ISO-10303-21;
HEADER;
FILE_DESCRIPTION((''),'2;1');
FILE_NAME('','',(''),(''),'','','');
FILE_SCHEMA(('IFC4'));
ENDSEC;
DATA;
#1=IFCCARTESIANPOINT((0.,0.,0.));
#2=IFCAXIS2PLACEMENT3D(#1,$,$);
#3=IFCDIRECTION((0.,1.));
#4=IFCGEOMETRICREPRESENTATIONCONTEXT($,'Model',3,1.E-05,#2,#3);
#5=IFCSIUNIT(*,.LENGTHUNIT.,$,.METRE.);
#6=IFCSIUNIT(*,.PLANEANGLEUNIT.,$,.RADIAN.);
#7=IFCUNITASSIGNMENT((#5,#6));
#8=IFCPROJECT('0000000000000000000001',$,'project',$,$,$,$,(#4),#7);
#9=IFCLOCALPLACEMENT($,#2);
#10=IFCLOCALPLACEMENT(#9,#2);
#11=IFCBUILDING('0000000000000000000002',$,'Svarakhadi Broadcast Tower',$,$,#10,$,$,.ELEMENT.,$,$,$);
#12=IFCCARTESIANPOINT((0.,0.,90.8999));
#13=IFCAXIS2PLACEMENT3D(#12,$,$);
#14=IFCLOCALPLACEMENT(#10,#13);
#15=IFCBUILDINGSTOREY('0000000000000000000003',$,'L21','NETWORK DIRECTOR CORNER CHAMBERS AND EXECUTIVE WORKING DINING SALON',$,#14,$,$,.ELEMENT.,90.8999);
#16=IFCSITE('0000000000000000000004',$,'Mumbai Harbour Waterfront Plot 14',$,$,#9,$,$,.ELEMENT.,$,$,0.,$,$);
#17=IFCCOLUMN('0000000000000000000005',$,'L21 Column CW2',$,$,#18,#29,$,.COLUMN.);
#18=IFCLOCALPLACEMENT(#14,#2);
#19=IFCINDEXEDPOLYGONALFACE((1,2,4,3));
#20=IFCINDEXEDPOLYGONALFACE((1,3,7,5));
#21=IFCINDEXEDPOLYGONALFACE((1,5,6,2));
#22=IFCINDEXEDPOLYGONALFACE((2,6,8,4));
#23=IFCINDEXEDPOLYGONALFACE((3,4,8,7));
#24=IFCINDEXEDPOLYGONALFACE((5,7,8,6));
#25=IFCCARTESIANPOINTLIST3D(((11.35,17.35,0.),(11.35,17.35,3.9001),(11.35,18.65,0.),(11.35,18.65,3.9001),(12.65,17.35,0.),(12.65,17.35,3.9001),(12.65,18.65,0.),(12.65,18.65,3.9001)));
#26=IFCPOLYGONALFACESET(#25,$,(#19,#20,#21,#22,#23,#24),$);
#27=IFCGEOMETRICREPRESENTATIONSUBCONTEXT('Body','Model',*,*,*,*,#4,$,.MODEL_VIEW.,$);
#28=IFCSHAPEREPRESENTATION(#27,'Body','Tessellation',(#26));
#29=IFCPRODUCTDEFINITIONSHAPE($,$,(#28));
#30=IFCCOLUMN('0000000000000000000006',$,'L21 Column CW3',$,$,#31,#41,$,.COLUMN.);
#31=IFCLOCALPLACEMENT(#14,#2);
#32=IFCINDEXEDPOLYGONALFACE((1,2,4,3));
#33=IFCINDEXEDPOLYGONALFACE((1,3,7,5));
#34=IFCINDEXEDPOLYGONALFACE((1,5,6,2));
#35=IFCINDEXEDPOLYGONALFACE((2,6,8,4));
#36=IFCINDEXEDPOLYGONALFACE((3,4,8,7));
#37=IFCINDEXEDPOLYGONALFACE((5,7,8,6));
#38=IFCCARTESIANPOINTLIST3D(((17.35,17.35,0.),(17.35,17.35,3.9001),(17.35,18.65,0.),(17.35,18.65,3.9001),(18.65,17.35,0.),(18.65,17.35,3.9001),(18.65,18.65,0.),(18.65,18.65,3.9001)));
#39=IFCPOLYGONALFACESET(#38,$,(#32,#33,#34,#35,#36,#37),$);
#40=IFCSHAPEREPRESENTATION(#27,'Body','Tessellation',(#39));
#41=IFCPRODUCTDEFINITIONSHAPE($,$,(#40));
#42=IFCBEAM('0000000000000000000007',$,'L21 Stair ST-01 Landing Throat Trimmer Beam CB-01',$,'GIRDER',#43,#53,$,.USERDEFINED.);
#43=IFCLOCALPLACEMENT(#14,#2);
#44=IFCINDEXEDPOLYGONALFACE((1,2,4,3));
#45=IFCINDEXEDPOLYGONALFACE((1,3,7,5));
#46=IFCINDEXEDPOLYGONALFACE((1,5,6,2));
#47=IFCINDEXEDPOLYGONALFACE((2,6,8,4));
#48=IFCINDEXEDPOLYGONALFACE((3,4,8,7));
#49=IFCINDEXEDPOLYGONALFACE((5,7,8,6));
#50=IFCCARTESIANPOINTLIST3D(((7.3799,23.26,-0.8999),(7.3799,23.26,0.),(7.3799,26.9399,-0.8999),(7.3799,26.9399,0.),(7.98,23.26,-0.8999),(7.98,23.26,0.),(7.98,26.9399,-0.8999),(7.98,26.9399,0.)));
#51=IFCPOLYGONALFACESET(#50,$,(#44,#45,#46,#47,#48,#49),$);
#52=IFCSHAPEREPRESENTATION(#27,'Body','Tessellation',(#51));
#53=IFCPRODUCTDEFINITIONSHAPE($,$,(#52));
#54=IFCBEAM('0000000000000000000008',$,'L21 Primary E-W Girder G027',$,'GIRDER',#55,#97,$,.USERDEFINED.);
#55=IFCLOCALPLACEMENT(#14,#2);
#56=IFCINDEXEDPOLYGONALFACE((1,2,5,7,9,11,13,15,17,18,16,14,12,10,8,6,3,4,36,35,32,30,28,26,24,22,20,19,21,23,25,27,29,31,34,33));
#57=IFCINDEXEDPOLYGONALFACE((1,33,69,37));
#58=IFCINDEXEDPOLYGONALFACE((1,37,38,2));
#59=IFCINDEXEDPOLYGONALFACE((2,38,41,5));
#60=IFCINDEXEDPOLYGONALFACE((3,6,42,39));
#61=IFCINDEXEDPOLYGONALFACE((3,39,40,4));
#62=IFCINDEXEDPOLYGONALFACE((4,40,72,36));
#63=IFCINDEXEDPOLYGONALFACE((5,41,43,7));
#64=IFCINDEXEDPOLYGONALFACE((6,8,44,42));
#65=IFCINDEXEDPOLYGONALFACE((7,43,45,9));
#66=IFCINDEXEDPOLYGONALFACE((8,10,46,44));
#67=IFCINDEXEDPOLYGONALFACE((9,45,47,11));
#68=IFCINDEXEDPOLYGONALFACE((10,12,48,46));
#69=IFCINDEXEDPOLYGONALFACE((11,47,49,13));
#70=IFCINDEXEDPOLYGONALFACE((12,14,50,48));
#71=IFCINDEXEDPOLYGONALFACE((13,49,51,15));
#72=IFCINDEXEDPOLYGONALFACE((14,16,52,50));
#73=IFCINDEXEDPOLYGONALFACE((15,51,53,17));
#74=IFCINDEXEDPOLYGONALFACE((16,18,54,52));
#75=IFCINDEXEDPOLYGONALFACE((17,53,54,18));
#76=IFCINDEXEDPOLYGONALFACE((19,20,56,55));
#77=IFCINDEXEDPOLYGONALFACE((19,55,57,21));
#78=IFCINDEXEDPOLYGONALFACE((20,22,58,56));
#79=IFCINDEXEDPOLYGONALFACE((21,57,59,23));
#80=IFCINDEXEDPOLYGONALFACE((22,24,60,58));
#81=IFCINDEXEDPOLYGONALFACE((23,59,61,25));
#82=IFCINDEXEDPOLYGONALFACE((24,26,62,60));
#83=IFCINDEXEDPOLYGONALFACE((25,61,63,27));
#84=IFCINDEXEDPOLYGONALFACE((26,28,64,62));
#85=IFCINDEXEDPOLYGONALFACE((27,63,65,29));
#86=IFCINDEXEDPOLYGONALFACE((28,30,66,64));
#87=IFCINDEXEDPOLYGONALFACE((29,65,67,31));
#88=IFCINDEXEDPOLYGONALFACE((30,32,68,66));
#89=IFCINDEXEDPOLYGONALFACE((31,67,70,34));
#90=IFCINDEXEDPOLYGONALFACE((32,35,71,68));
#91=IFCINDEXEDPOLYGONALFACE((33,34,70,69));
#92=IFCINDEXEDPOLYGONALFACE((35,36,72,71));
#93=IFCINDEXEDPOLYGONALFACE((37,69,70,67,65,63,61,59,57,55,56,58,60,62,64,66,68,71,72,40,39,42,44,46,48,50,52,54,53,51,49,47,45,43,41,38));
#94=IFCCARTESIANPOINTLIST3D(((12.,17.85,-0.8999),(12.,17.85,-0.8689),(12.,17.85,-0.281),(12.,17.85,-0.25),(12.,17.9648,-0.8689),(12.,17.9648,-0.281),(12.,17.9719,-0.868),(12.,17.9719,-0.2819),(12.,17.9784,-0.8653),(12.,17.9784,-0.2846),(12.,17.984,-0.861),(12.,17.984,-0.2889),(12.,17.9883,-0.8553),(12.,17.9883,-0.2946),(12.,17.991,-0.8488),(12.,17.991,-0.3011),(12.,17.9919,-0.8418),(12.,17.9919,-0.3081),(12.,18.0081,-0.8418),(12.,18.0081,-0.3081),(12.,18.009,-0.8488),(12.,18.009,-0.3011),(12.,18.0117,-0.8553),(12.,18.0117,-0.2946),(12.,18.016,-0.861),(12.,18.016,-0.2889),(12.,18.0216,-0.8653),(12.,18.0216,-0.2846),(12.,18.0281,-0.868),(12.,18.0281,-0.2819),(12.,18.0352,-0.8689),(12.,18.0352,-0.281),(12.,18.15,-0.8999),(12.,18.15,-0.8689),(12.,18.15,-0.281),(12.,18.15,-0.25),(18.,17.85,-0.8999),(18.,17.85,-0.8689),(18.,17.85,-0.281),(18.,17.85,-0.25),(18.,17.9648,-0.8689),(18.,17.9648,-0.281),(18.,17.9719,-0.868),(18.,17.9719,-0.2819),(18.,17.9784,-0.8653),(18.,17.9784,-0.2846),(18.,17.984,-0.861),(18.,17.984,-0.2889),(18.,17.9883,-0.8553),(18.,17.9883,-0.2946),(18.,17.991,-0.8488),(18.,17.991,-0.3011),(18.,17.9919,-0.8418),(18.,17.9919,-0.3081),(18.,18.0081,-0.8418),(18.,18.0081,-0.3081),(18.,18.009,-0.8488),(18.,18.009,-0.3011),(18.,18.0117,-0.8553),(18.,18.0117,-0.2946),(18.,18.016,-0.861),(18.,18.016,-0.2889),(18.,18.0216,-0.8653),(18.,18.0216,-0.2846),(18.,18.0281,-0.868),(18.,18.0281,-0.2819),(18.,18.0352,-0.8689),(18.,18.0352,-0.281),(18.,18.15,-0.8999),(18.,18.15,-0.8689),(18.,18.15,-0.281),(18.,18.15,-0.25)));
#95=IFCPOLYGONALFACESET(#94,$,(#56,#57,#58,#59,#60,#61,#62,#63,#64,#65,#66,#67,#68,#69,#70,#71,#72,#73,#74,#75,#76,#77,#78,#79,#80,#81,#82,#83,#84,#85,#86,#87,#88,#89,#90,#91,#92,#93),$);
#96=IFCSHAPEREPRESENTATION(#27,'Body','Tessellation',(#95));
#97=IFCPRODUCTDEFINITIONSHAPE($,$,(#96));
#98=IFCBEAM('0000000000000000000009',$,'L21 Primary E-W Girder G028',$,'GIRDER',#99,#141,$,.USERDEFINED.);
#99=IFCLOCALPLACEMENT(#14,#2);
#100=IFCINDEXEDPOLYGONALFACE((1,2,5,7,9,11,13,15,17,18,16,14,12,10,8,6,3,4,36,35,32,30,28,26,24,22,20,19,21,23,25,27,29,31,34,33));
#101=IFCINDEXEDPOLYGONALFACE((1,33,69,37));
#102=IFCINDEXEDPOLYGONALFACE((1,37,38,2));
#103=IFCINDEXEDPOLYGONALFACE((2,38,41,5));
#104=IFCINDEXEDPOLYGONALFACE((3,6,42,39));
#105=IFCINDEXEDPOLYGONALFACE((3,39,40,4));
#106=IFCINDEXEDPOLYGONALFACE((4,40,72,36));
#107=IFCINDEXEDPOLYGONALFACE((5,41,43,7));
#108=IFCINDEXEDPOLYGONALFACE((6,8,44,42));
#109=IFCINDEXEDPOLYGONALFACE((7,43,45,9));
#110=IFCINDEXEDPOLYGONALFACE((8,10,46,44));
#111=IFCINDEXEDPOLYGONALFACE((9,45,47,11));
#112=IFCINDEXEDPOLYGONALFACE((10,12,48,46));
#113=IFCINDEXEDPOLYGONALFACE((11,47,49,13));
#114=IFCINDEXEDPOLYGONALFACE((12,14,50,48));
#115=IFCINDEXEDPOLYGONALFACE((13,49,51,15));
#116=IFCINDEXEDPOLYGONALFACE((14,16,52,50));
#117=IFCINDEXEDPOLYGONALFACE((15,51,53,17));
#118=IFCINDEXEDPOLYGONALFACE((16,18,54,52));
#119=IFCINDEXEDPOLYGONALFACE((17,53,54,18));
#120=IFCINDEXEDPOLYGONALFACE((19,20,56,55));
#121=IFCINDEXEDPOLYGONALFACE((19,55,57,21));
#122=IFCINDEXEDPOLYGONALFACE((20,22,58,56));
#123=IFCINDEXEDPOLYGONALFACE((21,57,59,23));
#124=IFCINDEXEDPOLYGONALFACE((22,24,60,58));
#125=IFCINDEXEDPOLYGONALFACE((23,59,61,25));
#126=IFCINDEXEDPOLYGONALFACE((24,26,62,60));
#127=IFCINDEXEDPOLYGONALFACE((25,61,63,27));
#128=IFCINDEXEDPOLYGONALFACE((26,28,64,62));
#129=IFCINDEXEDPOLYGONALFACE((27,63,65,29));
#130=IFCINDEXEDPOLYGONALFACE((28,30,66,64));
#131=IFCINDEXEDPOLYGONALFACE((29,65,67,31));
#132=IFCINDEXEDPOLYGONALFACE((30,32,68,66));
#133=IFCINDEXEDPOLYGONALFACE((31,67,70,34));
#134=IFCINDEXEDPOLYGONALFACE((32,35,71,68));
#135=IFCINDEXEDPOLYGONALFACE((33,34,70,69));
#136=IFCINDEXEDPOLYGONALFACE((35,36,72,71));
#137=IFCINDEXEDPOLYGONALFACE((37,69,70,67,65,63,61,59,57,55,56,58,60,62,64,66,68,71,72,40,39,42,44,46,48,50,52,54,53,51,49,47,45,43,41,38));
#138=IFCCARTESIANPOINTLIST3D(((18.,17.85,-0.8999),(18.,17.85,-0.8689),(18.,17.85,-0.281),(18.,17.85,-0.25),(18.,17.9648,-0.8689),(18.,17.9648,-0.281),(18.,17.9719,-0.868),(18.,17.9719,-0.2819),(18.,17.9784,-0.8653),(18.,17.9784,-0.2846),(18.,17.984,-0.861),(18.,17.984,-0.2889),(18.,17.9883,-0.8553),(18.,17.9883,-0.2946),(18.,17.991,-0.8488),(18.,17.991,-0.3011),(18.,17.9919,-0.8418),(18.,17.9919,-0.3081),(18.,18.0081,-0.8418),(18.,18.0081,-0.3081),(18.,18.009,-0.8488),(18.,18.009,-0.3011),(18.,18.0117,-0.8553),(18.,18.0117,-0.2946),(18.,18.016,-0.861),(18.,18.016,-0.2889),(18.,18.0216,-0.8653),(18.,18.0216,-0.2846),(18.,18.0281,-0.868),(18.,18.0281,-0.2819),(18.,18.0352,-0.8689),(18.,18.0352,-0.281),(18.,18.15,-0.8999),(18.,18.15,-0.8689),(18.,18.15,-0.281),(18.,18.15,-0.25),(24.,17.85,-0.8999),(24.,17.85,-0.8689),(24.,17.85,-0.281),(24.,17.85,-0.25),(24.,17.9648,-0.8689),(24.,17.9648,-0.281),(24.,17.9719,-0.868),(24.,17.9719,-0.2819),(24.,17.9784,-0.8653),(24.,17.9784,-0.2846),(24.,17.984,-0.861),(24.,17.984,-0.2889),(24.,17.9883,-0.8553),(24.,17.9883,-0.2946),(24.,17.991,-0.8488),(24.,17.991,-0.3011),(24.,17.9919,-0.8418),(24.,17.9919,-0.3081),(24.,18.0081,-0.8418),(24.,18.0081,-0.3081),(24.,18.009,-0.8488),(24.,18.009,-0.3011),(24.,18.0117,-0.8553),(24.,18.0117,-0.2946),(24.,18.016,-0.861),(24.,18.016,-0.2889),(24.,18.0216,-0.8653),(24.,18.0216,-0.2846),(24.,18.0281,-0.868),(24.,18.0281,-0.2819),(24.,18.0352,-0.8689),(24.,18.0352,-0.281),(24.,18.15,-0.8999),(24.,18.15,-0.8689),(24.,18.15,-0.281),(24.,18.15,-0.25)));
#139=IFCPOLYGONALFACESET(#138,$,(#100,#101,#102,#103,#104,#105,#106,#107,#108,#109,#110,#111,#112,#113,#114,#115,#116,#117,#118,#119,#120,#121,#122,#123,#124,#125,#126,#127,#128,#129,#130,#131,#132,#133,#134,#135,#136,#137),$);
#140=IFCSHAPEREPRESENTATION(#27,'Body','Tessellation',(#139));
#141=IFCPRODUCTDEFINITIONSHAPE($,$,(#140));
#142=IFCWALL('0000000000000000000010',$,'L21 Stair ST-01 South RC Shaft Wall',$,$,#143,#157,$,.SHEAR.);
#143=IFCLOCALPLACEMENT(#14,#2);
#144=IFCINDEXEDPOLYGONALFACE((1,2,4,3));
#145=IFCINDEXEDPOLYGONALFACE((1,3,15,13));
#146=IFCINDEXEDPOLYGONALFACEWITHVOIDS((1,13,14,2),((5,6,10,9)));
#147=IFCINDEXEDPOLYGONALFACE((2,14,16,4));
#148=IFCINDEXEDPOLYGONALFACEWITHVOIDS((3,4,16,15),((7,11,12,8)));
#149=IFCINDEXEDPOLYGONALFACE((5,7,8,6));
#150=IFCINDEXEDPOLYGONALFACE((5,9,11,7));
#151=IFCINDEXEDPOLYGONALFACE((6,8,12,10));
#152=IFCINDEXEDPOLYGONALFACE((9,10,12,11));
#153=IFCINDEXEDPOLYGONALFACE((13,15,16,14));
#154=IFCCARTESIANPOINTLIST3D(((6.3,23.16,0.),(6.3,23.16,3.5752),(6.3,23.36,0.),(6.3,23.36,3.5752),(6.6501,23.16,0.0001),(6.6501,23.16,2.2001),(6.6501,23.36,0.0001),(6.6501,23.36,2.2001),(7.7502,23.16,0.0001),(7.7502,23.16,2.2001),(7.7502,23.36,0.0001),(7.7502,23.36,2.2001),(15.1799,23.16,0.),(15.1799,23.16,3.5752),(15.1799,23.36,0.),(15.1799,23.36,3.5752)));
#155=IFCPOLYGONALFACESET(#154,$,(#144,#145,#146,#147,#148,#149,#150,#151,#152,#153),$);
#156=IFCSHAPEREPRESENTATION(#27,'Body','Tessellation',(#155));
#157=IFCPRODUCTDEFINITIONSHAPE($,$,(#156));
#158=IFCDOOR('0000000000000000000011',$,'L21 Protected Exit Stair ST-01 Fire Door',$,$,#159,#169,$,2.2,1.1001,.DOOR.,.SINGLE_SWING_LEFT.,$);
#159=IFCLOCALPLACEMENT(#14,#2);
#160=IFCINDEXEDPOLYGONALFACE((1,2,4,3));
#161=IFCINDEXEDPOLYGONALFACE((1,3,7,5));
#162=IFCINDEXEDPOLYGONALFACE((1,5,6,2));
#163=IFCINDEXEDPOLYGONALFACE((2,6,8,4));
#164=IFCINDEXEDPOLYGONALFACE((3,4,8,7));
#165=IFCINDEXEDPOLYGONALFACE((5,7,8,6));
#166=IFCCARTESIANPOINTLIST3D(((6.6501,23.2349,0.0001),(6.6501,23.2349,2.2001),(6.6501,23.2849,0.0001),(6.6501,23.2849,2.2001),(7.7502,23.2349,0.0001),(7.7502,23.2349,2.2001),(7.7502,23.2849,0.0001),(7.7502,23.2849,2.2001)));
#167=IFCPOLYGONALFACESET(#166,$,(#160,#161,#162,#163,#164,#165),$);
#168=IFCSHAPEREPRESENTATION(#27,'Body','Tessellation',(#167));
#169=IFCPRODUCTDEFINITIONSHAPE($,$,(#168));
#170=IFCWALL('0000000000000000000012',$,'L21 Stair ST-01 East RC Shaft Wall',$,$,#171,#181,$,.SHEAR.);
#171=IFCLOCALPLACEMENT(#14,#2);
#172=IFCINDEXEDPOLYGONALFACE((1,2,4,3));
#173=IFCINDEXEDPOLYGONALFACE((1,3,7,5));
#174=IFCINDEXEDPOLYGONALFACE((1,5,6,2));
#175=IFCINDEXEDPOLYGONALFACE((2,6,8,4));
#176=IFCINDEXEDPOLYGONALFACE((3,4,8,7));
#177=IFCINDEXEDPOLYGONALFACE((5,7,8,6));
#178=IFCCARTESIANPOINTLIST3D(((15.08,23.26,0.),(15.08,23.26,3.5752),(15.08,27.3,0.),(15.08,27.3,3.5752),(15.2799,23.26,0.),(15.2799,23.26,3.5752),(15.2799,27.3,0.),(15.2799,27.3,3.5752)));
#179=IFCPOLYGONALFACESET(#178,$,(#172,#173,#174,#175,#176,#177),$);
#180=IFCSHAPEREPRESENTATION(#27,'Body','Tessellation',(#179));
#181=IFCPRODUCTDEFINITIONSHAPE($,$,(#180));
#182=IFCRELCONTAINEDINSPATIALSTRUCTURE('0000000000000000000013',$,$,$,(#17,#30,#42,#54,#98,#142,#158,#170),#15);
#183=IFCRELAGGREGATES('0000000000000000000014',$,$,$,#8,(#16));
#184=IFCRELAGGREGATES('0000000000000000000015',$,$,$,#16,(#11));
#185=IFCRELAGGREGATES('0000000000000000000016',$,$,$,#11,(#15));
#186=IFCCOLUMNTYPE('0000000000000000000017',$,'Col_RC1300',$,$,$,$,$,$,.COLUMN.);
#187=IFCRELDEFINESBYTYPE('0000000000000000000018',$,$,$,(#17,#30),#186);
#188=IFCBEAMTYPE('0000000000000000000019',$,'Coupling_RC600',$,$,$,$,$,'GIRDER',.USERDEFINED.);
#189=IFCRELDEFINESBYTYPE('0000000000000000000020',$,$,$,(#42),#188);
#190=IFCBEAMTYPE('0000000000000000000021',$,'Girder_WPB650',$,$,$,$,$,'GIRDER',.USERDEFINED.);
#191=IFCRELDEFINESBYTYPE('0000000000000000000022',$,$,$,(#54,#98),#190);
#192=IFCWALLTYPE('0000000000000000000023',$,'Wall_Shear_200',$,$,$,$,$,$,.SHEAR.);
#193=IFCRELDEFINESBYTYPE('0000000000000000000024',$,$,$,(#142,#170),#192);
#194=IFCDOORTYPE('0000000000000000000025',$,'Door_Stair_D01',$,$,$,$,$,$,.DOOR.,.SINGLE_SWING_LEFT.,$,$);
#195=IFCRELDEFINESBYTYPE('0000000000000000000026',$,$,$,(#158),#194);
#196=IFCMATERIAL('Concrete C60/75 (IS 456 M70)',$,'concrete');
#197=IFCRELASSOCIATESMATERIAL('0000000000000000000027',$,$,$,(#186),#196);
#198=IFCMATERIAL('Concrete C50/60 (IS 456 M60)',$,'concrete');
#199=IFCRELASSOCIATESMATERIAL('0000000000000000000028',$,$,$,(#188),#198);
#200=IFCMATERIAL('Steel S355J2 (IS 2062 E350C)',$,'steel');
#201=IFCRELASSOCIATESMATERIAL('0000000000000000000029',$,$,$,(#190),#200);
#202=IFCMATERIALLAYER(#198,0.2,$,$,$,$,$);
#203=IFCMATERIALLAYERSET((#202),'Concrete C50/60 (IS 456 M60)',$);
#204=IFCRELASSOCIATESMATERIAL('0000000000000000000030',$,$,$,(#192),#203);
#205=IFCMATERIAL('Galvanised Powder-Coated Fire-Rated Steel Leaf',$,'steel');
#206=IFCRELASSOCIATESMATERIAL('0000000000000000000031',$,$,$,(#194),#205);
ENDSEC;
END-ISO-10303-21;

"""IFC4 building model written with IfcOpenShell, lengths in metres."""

from ifc_helpers import new_model, si_unit, direction, frame, frame_2d, origin, origin_2d, place, context, subcontext, project, spatial, rectangle, i_section, extrude, material, layer, layer_set, material_profile, profile_set, type_object, element, fill, save


model = new_model("IFC4")

# Units and contexts
model_context = context("Model", 3, precision=1e-05, world=origin(), true_north=direction((0.0, 1.0)))
body_context = subcontext(model_context, "Body", "Model", "MODEL_VIEW")
ifc_project = project(units=[si_unit("LENGTHUNIT", "METRE"), si_unit("PLANEANGLEUNIT", "RADIAN")], contexts=[model_context])

# Site, building, storey
site_placement = place(None, origin())
site = spatial("IfcSite", under=ifc_project, at=site_placement, Name="Mumbai Harbour Waterfront Plot 14", CompositionType="ELEMENT", RefElevation=0.0)
building_placement = place(site_placement, origin())
building = spatial("IfcBuilding", under=site, at=building_placement, Name="Svarakhadi Broadcast Tower", CompositionType="ELEMENT")
storey_placement = place(building_placement, frame((0.0, 0.0, 90.8999)))
storey = spatial("IfcBuildingStorey", under=building, at=storey_placement, Name="L21", Description="NETWORK DIRECTOR CORNER CHAMBERS AND EXECUTIVE WORKING DINING SALON", CompositionType="ELEMENT", Elevation=90.8999)

# Columns
ifc_material_1 = material(Name="Concrete C60/75 (IS 456 M70)", Category="concrete")
ifc_material_profile_1 = material_profile(ifc_material_1, rectangle(XDim=1.3, YDim=1.3, at=origin_2d()), Name="RC 1300x1300")
ifc_profile_set_1 = profile_set([ifc_material_profile_1], Name="Concrete C60/75 (IS 456 M70)")
column_type = type_object("IfcColumnType", Name="Col_RC1300", PredefinedType="COLUMN", material=ifc_profile_set_1)
for number, where, z_axis, x_axis, name in (
    (1, (12.0, 18.0, 0.0), (0.0, 0.0, 1.0), (1.0, 0.0, 0.0), "L21 Column CW2"),
    (2, (18.0, 18.0, 0.0), (0.0, 0.0, 1.0), (1.0, 0.0, 0.0), "L21 Column CW3"),
):
    element("IfcColumn", number, at=place(storey_placement, frame(where, z_axis=z_axis, x_axis=x_axis)), inside=storey, type_object=column_type, Name=name, PredefinedType="COLUMN", context=body_context, shape_type="SweptSolid", body=[
        extrude(rectangle(XDim=1.3, YDim=1.3, at=origin_2d()), origin(), (0.0, 0.0, 1.0), 3.9001),
    ])

# Beams
ifc_material_2 = material(Name="Concrete C50/60 (IS 456 M60)", Category="concrete")
ifc_material_profile_2 = material_profile(ifc_material_2, rectangle(XDim=0.6001, YDim=0.8999, at=origin_2d()), Name="RC 600x900")
ifc_profile_set_2 = profile_set([ifc_material_profile_2], Name="Concrete C50/60 (IS 456 M60)")
beam_type_1 = type_object("IfcBeamType", Name="Coupling_RC600", ElementType="GIRDER", PredefinedType="USERDEFINED", material=ifc_profile_set_2)
beam_placement = place(storey_placement, frame((7.6799, 23.26, -0.45), z_axis=(0.0, 1.0, 0.0), x_axis=(-1.0, 0.0, 0.0)))
element("IfcBeam", 3, at=beam_placement, inside=storey, type_object=beam_type_1, Name="L21 Stair ST-01 Landing Throat Trimmer Beam CB-01", ObjectType="GIRDER", PredefinedType="USERDEFINED", context=body_context, shape_type="SweptSolid", body=[
    extrude(rectangle(XDim=0.6001, YDim=0.8999, at=origin_2d()), origin(), (0.0, 0.0, 1.0), 3.6799),
])
ifc_material_3 = material(Name="Steel S355J2 (IS 2062 E350C)", Category="steel")
ifc_material_profile_3 = material_profile(ifc_material_3, i_section(OverallWidth=0.3, OverallDepth=0.6499, WebThickness=0.0161, FlangeThickness=0.031, FilletRadius=0.0271, at=origin_2d()), Name="WPB 650x300x225")
ifc_profile_set_3 = profile_set([ifc_material_profile_3], Name="Steel S355J2 (IS 2062 E350C)")
beam_type_2 = type_object("IfcBeamType", Name="Girder_WPB650", ElementType="GIRDER", PredefinedType="USERDEFINED", material=ifc_profile_set_3)
for number, where, z_axis, x_axis, name in (
    (4, (12.0, 18.0, -0.575), (1.0, 0.0, 0.0), (0.0, 1.0, 0.0), "L21 Primary E-W Girder G027"),
    (5, (18.0, 18.0, -0.575), (1.0, 0.0, 0.0), (0.0, 1.0, 0.0), "L21 Primary E-W Girder G028"),
):
    element("IfcBeam", number, at=place(storey_placement, frame(where, z_axis=z_axis, x_axis=x_axis)), inside=storey, type_object=beam_type_2, Name=name, ObjectType="GIRDER", PredefinedType="USERDEFINED", context=body_context, shape_type="SweptSolid", body=[
        extrude(i_section(OverallWidth=0.3, OverallDepth=0.6499, WebThickness=0.0161, FlangeThickness=0.031, FilletRadius=0.0271, at=origin_2d()), origin(), (0.0, 0.0, 1.0), 6.0),
    ])

# Wall, opening, door
ifc_layer_1 = layer(ifc_material_2, 0.2)
ifc_layer_set_1 = layer_set([ifc_layer_1], Name="Concrete C50/60 (IS 456 M60)")
wall_type_1 = type_object("IfcWallType", Name="Wall_Shear_200", PredefinedType="SHEAR", material=ifc_layer_set_1)
wall_1_placement = place(storey_placement, frame((6.3, 23.26, 0.0), z_axis=(0.0, 0.0, 1.0), x_axis=(1.0, 0.0, 0.0)))
wall_1 = element("IfcWall", 6, at=wall_1_placement, inside=storey, type_object=wall_type_1, Name="L21 Stair ST-01 South RC Shaft Wall", PredefinedType="SHEAR", context=body_context, shape_type="SweptSolid", body=[
    extrude(rectangle(XDim=8.8799, YDim=0.2, at=frame_2d((4.4399, 0.0))), origin(), (0.0, 0.0, 1.0), 3.5752),
])
opening_1_placement = place(wall_1_placement, frame((0.3501, 0.0, 0.0)))
opening_1 = element("IfcOpeningElement", 7, at=opening_1_placement, cuts=wall_1, PredefinedType="OPENING", context=body_context, shape_type="SweptSolid", body=[
    extrude(rectangle(XDim=1.1001, YDim=2.2, at=frame_2d((0.55, 1.1001))), frame((0.0, 0.1099, 0.0), z_axis=(0.0, -1.0, 0.0), x_axis=(1.0, 0.0, 0.0)), (0.0, 0.0, 1.0), 0.22),
])
ifc_material_4 = material(Name="Galvanised Powder-Coated Fire-Rated Steel Leaf", Category="steel")
door_type_1 = type_object("IfcDoorType", Name="Door_Stair_D01", OperationType="SINGLE_SWING_LEFT", PredefinedType="DOOR", material=ifc_material_4)
door_1_placement = place(opening_1_placement, origin())
door_1 = element("IfcDoor", 8, at=door_1_placement, inside=storey, type_object=door_type_1, Name="L21 Protected Exit Stair ST-01 Fire Door", OperationType="SINGLE_SWING_LEFT", OverallHeight=2.2, OverallWidth=1.1001, PredefinedType="DOOR", context=body_context, shape_type="SweptSolid", body=[
    extrude(rectangle(XDim=1.1001, YDim=2.2, at=frame_2d((0.55, 1.1001))), frame((0.0, 0.0249, 0.0), z_axis=(0.0, -1.0, 0.0), x_axis=(1.0, 0.0, 0.0)), (0.0, 0.0, 1.0), 0.05),
])
fill(opening_1, door_1)

# Wall
wall_2_placement = place(storey_placement, frame((15.1799, 23.26, 0.0), z_axis=(0.0, 0.0, 1.0), x_axis=(0.0, 1.0, 0.0)))
element("IfcWall", 9, at=wall_2_placement, inside=storey, type_object=wall_type_1, Name="L21 Stair ST-01 East RC Shaft Wall", PredefinedType="SHEAR", context=body_context, shape_type="SweptSolid", body=[
    extrude(rectangle(XDim=4.04, YDim=0.2, at=frame_2d((2.02, 0.0))), origin(), (0.0, 0.0, 1.0), 3.5752),
])

save(model, "model.ifc")
